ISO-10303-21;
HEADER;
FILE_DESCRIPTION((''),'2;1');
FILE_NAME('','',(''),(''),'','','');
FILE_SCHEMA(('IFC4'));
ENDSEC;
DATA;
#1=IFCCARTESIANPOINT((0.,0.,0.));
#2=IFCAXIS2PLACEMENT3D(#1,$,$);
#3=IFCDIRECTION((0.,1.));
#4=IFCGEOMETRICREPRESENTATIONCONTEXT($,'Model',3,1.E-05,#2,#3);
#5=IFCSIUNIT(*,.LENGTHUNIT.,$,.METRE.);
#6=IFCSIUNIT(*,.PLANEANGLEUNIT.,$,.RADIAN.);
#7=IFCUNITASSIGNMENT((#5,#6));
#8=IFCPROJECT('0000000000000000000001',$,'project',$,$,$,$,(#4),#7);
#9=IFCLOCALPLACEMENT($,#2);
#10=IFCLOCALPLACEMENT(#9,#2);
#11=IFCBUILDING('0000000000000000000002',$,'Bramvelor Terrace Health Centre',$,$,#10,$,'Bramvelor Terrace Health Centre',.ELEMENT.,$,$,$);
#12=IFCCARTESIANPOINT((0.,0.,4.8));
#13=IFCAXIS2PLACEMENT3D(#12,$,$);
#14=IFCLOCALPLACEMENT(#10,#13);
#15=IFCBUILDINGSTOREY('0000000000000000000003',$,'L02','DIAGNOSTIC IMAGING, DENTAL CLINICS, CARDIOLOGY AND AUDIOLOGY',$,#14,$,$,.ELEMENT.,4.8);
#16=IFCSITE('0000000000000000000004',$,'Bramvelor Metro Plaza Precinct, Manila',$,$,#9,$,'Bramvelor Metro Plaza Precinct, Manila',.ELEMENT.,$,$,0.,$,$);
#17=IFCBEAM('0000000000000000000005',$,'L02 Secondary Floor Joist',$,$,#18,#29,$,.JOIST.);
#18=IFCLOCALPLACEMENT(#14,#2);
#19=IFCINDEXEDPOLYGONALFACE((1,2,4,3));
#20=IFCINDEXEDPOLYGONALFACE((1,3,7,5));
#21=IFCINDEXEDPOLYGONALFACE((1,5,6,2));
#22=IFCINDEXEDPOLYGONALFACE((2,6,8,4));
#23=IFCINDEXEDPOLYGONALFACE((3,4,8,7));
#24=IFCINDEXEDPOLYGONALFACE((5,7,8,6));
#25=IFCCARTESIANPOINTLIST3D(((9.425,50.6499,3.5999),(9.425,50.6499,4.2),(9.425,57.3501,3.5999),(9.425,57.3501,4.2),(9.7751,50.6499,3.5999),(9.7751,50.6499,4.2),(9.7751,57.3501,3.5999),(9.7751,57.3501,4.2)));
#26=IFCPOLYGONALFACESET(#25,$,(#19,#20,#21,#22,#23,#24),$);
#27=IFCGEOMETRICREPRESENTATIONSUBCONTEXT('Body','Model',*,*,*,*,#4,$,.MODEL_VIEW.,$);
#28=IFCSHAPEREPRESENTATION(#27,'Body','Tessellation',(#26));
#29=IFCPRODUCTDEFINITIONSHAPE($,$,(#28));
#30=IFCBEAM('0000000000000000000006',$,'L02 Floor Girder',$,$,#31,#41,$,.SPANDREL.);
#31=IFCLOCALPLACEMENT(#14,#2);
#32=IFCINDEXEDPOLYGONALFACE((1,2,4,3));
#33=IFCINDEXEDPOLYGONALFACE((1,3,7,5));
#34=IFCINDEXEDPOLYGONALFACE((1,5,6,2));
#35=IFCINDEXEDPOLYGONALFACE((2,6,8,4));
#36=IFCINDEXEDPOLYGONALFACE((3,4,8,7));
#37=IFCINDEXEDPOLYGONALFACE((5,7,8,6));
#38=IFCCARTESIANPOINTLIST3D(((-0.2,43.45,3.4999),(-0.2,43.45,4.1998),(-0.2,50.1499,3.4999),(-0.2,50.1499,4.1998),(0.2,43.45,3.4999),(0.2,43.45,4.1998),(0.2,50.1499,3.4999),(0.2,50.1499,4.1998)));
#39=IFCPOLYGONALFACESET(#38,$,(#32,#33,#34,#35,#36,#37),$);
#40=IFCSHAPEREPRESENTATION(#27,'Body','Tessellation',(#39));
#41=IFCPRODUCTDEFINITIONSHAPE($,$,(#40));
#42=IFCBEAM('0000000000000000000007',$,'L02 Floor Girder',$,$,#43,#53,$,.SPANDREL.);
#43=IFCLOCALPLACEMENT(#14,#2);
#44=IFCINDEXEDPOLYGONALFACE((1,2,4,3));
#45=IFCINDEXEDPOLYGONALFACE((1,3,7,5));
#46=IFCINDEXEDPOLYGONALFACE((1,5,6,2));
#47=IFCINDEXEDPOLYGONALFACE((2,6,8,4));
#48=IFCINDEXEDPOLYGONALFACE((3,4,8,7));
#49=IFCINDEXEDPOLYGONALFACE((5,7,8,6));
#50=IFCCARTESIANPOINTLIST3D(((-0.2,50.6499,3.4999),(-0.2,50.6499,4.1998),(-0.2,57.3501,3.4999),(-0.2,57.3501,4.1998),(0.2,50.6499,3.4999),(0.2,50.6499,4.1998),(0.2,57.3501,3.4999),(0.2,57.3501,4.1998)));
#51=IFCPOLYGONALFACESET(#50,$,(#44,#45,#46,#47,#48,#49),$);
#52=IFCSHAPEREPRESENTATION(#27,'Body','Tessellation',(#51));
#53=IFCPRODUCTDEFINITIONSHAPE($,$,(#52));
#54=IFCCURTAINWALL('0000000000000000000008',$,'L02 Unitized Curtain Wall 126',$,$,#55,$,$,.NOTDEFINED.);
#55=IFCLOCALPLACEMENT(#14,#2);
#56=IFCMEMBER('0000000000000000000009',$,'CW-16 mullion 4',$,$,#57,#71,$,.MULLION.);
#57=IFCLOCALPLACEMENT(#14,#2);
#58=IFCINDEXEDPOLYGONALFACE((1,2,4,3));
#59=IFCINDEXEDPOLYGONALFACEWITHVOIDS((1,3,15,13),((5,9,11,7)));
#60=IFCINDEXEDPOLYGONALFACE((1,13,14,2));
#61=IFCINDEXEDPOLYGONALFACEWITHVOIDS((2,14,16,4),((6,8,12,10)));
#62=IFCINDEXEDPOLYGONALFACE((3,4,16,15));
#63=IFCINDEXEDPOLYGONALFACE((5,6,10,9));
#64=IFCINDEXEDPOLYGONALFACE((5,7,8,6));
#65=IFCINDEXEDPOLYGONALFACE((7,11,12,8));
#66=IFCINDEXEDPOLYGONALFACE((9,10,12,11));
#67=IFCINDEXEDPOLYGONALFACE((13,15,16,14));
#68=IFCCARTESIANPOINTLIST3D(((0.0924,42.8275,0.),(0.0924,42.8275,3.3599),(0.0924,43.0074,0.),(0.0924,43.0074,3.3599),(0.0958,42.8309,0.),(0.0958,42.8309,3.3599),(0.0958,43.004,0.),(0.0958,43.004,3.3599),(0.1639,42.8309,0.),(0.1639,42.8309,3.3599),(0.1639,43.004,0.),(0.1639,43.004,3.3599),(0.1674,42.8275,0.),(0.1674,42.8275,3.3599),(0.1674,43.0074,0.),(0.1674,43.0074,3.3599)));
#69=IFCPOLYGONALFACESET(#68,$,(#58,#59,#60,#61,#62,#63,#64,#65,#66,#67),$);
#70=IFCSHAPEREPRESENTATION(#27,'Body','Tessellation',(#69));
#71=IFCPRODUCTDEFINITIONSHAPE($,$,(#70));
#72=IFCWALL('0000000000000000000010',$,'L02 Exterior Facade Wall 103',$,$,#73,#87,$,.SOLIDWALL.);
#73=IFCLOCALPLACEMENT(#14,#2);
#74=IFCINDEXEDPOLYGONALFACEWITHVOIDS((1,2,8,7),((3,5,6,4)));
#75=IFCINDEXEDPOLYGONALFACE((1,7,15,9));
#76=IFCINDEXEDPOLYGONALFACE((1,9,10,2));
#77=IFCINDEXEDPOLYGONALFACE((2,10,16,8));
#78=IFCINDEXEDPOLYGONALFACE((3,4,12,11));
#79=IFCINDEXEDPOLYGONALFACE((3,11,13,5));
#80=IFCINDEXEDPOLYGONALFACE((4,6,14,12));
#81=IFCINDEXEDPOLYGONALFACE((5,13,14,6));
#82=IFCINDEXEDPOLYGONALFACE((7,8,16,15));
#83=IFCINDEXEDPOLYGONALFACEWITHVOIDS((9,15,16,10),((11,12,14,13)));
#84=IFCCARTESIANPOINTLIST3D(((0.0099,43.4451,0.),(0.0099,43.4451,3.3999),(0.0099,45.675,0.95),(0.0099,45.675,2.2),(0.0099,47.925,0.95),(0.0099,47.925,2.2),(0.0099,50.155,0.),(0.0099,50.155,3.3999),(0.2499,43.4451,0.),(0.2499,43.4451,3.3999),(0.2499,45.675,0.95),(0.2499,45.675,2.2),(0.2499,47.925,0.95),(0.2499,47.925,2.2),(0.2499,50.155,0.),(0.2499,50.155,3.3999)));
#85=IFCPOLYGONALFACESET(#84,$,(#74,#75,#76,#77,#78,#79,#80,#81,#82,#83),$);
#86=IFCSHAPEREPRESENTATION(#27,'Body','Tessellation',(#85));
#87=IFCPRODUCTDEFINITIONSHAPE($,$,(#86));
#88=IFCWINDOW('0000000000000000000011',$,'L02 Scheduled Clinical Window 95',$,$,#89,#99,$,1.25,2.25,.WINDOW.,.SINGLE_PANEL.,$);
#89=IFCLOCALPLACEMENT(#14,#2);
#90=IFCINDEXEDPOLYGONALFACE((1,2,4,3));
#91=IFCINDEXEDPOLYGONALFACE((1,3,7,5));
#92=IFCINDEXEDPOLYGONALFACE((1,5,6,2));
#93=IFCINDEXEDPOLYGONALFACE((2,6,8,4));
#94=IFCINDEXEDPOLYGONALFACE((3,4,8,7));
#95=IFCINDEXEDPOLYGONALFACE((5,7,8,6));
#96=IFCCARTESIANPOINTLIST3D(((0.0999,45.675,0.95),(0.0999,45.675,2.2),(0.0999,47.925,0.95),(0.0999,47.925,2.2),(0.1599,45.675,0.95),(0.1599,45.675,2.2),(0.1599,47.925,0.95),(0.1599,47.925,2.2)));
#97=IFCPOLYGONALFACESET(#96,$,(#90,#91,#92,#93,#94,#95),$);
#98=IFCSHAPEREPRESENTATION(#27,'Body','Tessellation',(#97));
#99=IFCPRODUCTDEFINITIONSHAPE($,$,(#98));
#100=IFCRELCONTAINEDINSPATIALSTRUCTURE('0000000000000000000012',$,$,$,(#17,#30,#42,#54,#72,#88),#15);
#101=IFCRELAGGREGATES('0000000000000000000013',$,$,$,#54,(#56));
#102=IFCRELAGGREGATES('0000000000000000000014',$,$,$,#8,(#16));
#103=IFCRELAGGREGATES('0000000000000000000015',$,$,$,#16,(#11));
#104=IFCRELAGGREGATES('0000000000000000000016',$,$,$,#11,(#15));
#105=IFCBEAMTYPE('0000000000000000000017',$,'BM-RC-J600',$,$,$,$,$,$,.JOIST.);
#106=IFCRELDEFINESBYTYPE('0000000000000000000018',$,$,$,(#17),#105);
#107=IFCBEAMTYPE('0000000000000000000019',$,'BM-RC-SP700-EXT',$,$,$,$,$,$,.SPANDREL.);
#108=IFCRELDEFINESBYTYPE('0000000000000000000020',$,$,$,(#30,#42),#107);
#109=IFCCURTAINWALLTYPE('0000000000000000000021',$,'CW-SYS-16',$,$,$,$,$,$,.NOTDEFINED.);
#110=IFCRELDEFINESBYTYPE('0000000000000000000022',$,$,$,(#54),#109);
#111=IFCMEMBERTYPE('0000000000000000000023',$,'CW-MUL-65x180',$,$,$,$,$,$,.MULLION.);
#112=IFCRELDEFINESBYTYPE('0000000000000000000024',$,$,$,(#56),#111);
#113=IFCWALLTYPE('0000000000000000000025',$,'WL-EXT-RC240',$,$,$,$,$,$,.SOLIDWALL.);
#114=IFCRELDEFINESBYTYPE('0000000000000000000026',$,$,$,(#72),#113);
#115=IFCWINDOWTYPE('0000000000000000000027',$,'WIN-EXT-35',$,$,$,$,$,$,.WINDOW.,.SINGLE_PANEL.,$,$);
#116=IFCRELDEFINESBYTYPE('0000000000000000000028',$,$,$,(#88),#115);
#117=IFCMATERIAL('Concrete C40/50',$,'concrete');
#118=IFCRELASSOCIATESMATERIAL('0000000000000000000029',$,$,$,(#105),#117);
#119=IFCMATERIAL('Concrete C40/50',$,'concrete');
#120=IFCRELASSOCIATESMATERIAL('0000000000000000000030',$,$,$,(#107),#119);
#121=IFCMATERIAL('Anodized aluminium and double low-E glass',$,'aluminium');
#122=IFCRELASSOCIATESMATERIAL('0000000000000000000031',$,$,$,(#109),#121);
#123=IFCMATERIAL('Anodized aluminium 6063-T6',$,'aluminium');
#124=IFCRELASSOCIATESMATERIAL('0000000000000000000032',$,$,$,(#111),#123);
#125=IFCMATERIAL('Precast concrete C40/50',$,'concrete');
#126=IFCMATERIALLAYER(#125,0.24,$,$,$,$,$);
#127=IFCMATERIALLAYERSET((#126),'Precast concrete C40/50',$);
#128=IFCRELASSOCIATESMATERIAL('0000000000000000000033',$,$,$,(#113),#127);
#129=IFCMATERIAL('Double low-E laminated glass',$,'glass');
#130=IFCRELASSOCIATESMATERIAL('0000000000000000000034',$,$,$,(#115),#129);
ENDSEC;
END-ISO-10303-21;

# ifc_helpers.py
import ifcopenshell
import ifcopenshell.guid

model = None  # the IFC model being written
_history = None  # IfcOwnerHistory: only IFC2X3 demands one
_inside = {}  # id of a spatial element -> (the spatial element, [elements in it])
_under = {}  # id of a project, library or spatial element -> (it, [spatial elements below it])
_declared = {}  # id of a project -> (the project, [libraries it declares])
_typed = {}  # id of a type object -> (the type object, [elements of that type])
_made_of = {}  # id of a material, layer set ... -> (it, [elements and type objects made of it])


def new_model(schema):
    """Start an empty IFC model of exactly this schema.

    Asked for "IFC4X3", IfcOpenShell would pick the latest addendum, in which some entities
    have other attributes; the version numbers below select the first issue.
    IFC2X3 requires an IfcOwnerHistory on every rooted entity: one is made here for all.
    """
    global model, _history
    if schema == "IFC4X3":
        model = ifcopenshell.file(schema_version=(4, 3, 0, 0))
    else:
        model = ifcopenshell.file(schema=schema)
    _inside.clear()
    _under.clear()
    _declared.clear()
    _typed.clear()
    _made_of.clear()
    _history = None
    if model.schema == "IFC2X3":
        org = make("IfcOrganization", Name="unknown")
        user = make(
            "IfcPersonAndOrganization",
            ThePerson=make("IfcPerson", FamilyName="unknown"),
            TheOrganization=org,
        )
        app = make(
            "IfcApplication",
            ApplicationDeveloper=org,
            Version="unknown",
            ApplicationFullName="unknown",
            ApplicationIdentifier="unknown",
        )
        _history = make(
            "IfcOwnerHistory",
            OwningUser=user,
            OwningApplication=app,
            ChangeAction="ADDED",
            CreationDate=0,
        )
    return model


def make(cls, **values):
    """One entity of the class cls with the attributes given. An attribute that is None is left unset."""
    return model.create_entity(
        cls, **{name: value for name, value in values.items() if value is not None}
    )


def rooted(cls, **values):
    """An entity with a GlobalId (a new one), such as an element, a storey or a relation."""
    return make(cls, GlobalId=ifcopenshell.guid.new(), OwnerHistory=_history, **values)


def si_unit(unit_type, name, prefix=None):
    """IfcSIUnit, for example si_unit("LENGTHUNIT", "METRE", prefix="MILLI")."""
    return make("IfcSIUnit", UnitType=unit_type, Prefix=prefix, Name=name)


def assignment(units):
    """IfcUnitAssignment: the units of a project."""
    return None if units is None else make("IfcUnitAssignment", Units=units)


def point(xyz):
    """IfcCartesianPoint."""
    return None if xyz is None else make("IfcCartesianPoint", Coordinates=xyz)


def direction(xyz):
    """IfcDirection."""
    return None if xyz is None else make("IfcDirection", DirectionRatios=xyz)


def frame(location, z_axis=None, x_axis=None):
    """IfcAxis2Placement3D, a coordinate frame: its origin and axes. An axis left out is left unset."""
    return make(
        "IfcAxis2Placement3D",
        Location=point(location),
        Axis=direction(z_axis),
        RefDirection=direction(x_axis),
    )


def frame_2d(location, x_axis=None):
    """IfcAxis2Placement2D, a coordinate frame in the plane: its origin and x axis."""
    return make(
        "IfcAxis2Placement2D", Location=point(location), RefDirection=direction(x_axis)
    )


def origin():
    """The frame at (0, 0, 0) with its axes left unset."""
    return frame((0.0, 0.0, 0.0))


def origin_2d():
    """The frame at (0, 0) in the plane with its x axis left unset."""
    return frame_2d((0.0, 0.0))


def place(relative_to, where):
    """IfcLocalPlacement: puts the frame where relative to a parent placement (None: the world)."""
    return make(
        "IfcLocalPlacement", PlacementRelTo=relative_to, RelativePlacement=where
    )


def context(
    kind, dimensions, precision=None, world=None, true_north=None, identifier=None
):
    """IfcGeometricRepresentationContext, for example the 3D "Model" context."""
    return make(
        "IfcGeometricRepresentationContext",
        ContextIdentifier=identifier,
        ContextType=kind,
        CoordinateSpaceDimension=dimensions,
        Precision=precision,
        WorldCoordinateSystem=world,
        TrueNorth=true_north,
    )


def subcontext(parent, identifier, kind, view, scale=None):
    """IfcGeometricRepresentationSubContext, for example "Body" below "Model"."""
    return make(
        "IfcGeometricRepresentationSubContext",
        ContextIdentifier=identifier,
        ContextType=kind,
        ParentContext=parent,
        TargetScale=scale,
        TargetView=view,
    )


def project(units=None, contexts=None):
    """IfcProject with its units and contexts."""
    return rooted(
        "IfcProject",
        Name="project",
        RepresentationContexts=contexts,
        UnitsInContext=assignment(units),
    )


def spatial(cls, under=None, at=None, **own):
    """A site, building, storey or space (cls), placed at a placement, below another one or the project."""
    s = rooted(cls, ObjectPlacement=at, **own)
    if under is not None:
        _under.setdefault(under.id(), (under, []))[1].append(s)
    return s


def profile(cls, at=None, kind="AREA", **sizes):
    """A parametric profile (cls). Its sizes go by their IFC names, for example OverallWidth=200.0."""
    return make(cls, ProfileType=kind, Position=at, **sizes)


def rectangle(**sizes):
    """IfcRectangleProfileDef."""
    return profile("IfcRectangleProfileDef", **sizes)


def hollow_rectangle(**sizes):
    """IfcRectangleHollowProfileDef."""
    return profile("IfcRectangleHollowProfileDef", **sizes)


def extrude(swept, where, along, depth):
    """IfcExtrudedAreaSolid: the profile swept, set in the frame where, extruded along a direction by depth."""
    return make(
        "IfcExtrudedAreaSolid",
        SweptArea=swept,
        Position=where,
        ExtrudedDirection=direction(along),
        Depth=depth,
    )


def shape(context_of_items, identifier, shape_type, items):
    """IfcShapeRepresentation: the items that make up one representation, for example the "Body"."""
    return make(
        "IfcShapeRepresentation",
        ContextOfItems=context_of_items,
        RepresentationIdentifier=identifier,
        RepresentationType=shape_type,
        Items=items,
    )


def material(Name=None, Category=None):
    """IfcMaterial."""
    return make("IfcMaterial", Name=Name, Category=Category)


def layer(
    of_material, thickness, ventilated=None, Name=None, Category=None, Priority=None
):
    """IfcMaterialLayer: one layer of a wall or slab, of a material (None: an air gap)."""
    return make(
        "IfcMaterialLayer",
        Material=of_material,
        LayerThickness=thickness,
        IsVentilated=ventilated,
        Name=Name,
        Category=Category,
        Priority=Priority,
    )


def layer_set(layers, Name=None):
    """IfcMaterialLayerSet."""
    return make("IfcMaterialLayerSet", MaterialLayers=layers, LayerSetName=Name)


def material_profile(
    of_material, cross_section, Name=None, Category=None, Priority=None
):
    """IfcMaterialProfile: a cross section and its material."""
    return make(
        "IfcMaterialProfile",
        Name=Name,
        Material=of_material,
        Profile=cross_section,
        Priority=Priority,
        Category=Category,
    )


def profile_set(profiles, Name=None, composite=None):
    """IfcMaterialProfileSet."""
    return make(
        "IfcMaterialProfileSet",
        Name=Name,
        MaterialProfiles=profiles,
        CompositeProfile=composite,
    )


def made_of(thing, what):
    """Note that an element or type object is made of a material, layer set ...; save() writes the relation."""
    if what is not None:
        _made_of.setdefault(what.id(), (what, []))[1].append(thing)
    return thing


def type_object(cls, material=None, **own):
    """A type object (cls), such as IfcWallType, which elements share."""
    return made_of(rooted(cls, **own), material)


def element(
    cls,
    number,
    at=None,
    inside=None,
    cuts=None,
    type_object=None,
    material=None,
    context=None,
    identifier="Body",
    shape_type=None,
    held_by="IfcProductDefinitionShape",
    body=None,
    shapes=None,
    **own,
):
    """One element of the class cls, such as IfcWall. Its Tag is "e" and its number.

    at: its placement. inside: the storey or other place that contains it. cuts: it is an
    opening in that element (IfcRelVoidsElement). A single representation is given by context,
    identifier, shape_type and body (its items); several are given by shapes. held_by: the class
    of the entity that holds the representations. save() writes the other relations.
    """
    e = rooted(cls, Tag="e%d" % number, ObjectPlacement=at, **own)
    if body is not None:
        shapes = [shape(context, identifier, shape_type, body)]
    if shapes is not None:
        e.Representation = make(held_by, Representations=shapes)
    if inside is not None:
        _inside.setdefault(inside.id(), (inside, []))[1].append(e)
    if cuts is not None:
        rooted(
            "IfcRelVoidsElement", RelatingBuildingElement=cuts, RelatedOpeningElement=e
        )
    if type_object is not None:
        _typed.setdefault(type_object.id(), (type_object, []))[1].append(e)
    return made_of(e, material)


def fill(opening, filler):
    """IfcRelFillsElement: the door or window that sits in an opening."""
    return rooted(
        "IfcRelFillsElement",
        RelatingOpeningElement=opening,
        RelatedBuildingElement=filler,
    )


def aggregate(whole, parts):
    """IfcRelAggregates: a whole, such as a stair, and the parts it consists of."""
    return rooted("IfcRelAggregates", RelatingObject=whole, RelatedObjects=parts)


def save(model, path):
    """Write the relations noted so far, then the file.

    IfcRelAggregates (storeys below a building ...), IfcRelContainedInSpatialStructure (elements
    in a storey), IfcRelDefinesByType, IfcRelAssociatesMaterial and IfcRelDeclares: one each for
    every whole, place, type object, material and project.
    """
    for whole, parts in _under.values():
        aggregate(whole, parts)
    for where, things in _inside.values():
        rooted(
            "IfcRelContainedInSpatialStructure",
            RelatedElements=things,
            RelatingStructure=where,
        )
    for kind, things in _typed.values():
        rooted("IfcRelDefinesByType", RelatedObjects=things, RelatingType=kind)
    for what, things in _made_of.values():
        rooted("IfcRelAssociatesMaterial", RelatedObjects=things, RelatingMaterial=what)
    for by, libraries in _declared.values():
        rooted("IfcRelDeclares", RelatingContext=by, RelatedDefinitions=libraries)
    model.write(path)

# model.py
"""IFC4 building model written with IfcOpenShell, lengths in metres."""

from ifc_helpers import new_model, si_unit, direction, frame, frame_2d, origin, origin_2d, place, context, subcontext, project, spatial, rectangle, hollow_rectangle, extrude, material, layer, layer_set, material_profile, profile_set, type_object, element, fill, aggregate, save


model = new_model("IFC4")

# Units and contexts
model_context = context("Model", 3, precision=1e-05, world=origin(), true_north=direction((0.0, 1.0)))
body_context = subcontext(model_context, "Body", "Model", "MODEL_VIEW")
ifc_project = project(units=[si_unit("LENGTHUNIT", "METRE"), si_unit("PLANEANGLEUNIT", "RADIAN")], contexts=[model_context])

# Site, building, storey
site_placement = place(None, origin())
site = spatial("IfcSite", under=ifc_project, at=site_placement, Name="Bramvelor Metro Plaza Precinct, Manila", LongName="Bramvelor Metro Plaza Precinct, Manila", CompositionType="ELEMENT", RefElevation=0.0)
building_placement = place(site_placement, origin())
building = spatial("IfcBuilding", under=site, at=building_placement, Name="Bramvelor Terrace Health Centre", LongName="Bramvelor Terrace Health Centre", CompositionType="ELEMENT")
storey_placement = place(building_placement, frame((0.0, 0.0, 4.8)))
storey = spatial("IfcBuildingStorey", under=building, at=storey_placement, Name="L02", Description="DIAGNOSTIC IMAGING, DENTAL CLINICS, CARDIOLOGY AND AUDIOLOGY", CompositionType="ELEMENT", Elevation=4.8)

# Beams
ifc_material_1 = material(Name="Concrete C40/50", Category="concrete")
ifc_material_profile_1 = material_profile(ifc_material_1, rectangle(XDim=0.3501, YDim=0.6001, at=origin_2d()), Name="RC 350x600")
ifc_profile_set_1 = profile_set([ifc_material_profile_1], Name="Concrete C40/50")
beam_type_1 = type_object("IfcBeamType", Name="BM-RC-J600", PredefinedType="JOIST", material=ifc_profile_set_1)
beam_1_placement = place(storey_placement, frame((9.6001, 50.6499, 3.8999), z_axis=(0.0, 1.0, 0.0), x_axis=(-1.0, 0.0, 0.0)))
element("IfcBeam", 1, at=beam_1_placement, inside=storey, type_object=beam_type_1, Name="L02 Secondary Floor Joist", PredefinedType="JOIST", context=body_context, shape_type="SweptSolid", body=[
    extrude(rectangle(XDim=0.3501, YDim=0.6001, at=origin_2d()), origin(), (0.0, 0.0, 1.0), 6.7002),
])
ifc_material_2 = material(Name="Concrete C40/50", Category="concrete")
ifc_material_profile_2 = material_profile(ifc_material_2, rectangle(XDim=0.3999, YDim=0.7, at=origin_2d()), Name="RC 400x700")
ifc_profile_set_2 = profile_set([ifc_material_profile_2], Name="Concrete C40/50")
beam_type_2 = type_object("IfcBeamType", Name="BM-RC-SP700-EXT", PredefinedType="SPANDREL", material=ifc_profile_set_2)
beam_2_placement = place(storey_placement, frame((0.0, 43.45, 3.8499), z_axis=(0.0, 1.0, 0.0), x_axis=(-1.0, 0.0, 0.0)))
element("IfcBeam", 2, at=beam_2_placement, inside=storey, type_object=beam_type_2, Name="L02 Floor Girder", PredefinedType="SPANDREL", context=body_context, shape_type="SweptSolid", body=[
    extrude(rectangle(XDim=0.3999, YDim=0.7, at=origin_2d()), origin(), (0.0, 0.0, 1.0), 6.7),
])
beam_3_placement = place(storey_placement, frame((0.0, 50.6499, 3.8499), z_axis=(0.0, 1.0, 0.0), x_axis=(-1.0, 0.0, 0.0)))
element("IfcBeam", 3, at=beam_3_placement, inside=storey, type_object=beam_type_2, Name="L02 Floor Girder", PredefinedType="SPANDREL", context=body_context, shape_type="SweptSolid", body=[
    extrude(rectangle(XDim=0.3999, YDim=0.7, at=origin_2d()), origin(), (0.0, 0.0, 1.0), 6.7002),
])

# Curtain wall, member
ifc_material_3 = material(Name="Anodized aluminium and double low-E glass", Category="aluminium")
curtain_wall_type = type_object("IfcCurtainWallType", Name="CW-SYS-16", PredefinedType="NOTDEFINED", material=ifc_material_3)
curtain_wall_placement = place(storey_placement, origin())
curtain_wall = element("IfcCurtainWall", 4, at=curtain_wall_placement, inside=storey, type_object=curtain_wall_type, Name="L02 Unitized Curtain Wall 126", PredefinedType="NOTDEFINED")
ifc_material_4 = material(Name="Anodized aluminium 6063-T6", Category="aluminium")
ifc_material_profile_3 = material_profile(ifc_material_4, hollow_rectangle(XDim=0.075, YDim=0.1799, WallThickness=0.0034, at=origin_2d()), Name="ALU-MUL 75x180x3.5")
ifc_profile_set_3 = profile_set([ifc_material_profile_3], Name="Anodized aluminium 6063-T6")
member_type = type_object("IfcMemberType", Name="CW-MUL-65x180", PredefinedType="MULLION", material=ifc_profile_set_3)
member_placement = place(storey_placement, frame((0.1299, 42.9175, 0.0), z_axis=(0.0, 0.0, 1.0), x_axis=(-1.0, 0.0, 0.0)))
member = element("IfcMember", 5, at=member_placement, type_object=member_type, Name="CW-16 mullion 4", PredefinedType="MULLION", context=body_context, shape_type="SweptSolid", body=[
    extrude(hollow_rectangle(XDim=0.075, YDim=0.1799, WallThickness=0.0034, at=origin_2d()), origin(), (0.0, 0.0, 1.0), 3.3599),
])
aggregate(curtain_wall, [member])

# Wall, opening, window
ifc_material_5 = material(Name="Precast concrete C40/50", Category="concrete")
ifc_layer = layer(ifc_material_5, 0.24)
ifc_layer_set = layer_set([ifc_layer], Name="Precast concrete C40/50")
wall_type = type_object("IfcWallType", Name="WL-EXT-RC240", PredefinedType="SOLIDWALL", material=ifc_layer_set)
wall_placement = place(storey_placement, frame((0.1299, 43.4451, 0.0), z_axis=(0.0, 0.0, 1.0), x_axis=(0.0, 1.0, 0.0)))
wall = element("IfcWall", 6, at=wall_placement, inside=storey, type_object=wall_type, Name="L02 Exterior Facade Wall 103", PredefinedType="SOLIDWALL", context=body_context, shape_type="SweptSolid", body=[
    extrude(rectangle(XDim=6.71, YDim=0.24, at=frame_2d((3.355, 0.0))), origin(), (0.0, 0.0, 1.0), 3.3999),
])
opening_placement = place(wall_placement, frame((2.23, 0.0, 0.95)))
opening = element("IfcOpeningElement", 7, at=opening_placement, cuts=wall, PredefinedType="OPENING", context=body_context, shape_type="SweptSolid", body=[
    extrude(rectangle(XDim=2.25, YDim=1.25, at=frame_2d((1.125, 0.625))), frame((0.0, 0.1299, 0.0), z_axis=(0.0, -1.0, 0.0), x_axis=(1.0, 0.0, 0.0)), (0.0, 0.0, 1.0), 0.26),
])
ifc_material_6 = material(Name="Double low-E laminated glass", Category="glass")
window_type = type_object("IfcWindowType", Name="WIN-EXT-35", PartitioningType="SINGLE_PANEL", PredefinedType="WINDOW", material=ifc_material_6)
window_placement = place(opening_placement, origin())
window = element("IfcWindow", 8, at=window_placement, inside=storey, type_object=window_type, Name="L02 Scheduled Clinical Window 95", OverallHeight=1.25, OverallWidth=2.25, PartitioningType="SINGLE_PANEL", PredefinedType="WINDOW", context=body_context, shape_type="SweptSolid", body=[
    extrude(rectangle(XDim=2.25, YDim=1.25, at=frame_2d((1.125, 0.625))), frame((0.0, 0.03, 0.0), z_axis=(0.0, -1.0, 0.0), x_axis=(1.0, 0.0, 0.0)), (0.0, 0.0, 1.0), 0.0601),
])
fill(opening, window)

save(model, "model.ifc")
